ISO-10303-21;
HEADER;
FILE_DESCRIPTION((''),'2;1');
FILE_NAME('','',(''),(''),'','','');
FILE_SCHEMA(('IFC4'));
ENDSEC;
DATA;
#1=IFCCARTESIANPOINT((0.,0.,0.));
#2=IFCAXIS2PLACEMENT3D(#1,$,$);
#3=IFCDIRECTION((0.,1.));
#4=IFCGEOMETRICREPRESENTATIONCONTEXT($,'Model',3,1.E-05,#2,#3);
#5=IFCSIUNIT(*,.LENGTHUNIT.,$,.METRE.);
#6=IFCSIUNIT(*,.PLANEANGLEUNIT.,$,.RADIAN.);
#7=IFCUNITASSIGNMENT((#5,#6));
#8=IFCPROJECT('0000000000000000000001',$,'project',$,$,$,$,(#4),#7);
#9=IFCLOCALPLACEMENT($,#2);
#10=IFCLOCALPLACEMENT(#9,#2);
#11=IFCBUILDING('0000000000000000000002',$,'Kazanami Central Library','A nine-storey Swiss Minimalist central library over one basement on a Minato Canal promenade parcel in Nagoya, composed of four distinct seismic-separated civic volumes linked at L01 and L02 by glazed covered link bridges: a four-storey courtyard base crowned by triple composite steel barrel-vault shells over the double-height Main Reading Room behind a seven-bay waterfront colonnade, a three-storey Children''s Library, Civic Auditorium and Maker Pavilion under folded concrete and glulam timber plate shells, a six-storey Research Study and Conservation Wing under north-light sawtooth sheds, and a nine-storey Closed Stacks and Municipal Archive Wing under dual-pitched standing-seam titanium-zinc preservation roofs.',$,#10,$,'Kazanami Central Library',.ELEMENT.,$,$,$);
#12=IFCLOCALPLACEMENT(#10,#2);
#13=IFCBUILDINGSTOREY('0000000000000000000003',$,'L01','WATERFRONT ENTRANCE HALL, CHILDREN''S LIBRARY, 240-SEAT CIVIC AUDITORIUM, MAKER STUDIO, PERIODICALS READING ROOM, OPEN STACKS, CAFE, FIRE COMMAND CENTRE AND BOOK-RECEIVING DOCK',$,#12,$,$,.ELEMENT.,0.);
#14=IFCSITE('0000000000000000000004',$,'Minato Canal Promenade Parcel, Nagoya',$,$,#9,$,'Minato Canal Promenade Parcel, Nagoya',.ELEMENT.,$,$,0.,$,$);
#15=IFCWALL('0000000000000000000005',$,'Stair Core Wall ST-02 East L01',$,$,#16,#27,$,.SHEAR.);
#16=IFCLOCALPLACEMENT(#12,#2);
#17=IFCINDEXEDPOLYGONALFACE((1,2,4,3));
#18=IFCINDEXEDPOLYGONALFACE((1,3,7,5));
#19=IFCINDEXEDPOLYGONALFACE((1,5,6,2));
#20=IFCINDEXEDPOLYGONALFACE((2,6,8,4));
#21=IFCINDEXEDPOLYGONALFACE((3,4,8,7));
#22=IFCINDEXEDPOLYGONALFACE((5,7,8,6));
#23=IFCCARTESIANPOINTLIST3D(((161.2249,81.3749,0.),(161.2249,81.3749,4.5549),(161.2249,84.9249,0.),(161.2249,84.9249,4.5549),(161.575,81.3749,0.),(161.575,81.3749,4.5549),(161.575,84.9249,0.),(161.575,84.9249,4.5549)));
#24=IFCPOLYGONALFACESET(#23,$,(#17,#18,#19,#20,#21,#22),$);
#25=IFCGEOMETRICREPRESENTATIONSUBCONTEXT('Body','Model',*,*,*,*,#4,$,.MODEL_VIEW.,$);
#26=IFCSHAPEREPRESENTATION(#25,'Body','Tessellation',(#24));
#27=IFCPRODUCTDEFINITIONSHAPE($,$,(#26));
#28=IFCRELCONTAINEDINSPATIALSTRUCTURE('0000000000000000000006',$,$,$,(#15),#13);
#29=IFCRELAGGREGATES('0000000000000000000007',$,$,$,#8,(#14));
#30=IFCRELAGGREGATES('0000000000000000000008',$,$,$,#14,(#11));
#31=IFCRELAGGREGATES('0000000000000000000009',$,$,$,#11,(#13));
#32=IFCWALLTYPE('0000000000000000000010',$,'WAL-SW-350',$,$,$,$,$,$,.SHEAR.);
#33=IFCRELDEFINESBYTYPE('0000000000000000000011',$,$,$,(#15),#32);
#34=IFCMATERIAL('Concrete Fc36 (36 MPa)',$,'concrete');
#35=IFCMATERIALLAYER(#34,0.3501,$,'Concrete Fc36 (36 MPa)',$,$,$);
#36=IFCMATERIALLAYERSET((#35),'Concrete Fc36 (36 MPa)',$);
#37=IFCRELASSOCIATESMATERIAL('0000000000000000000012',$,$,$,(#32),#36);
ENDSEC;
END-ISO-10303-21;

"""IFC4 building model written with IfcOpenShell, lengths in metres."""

from ifc_helpers import new_model, si_unit, direction, frame, frame_2d, origin, place, context, subcontext, project, spatial, rectangle, extrude, material, layer, layer_set, type_object, element, save


model = new_model("IFC4")

# Units and contexts
model_context = context("Model", 3, precision=1e-05, world=origin(), true_north=direction((0.0, 1.0)))
body_context = subcontext(model_context, "Body", "Model", "MODEL_VIEW")
ifc_project = project(units=[si_unit("LENGTHUNIT", "METRE"), si_unit("PLANEANGLEUNIT", "RADIAN")], contexts=[model_context])

# Site, building, storey
site_placement = place(None, origin())
site = spatial("IfcSite", under=ifc_project, at=site_placement, Name="Minato Canal Promenade Parcel, Nagoya", LongName="Minato Canal Promenade Parcel, Nagoya", CompositionType="ELEMENT", RefElevation=0.0)
building_placement = place(site_placement, origin())
building = spatial("IfcBuilding", under=site, at=building_placement, Name="Kazanami Central Library", Description="A nine-storey Swiss Minimalist central library over one basement on a Minato Canal promenade parcel in Nagoya, composed of four distinct seismic-separated civic volumes linked at L01 and L02 by glazed covered link bridges: a four-storey courtyard base crowned by triple composite steel barrel-vault shells over the double-height Main Reading Room behind a seven-bay waterfront colonnade, a three-storey Children's Library, Civic Auditorium and Maker Pavilion under folded concrete and glulam timber plate shells, a six-storey Research Study and Conservation Wing under north-light sawtooth sheds, and a nine-storey Closed Stacks and Municipal Archive Wing under dual-pitched standing-seam titanium-zinc preservation roofs.", LongName="Kazanami Central Library", CompositionType="ELEMENT")
storey_placement = place(building_placement, origin())
storey = spatial("IfcBuildingStorey", under=building, at=storey_placement, Name="L01", Description="WATERFRONT ENTRANCE HALL, CHILDREN'S LIBRARY, 240-SEAT CIVIC AUDITORIUM, MAKER STUDIO, PERIODICALS READING ROOM, OPEN STACKS, CAFE, FIRE COMMAND CENTRE AND BOOK-RECEIVING DOCK", CompositionType="ELEMENT", Elevation=0.0)

# Shared definitions
ifc_material_1 = material(Name="Concrete Fc36 (36 MPa)", Category="concrete")

# Shared definitions
ifc_layer_1 = layer(ifc_material_1, 0.3501, Name="Concrete Fc36 (36 MPa)")
ifc_layer_set_1 = layer_set([ifc_layer_1], Name="Concrete Fc36 (36 MPa)")
wall_type_1 = type_object("IfcWallType", Name="WAL-SW-350", PredefinedType="SHEAR", material=ifc_layer_set_1)

# Wall
for number, where, z_axis, x_axis, name in (
    (1, (161.3999, 81.375, 0.0), (0.0, 0.0, 1.0), (0.0, 1.0, 0.0), "Stair Core Wall ST-02 East L01"),
):
    element("IfcWall", number, at=place(storey_placement, frame(where, z_axis=z_axis, x_axis=x_axis)), inside=storey, type_object=wall_type_1, Name=name, PredefinedType="SHEAR", context=body_context, shape_type="SweptSolid", body=[
        extrude(rectangle(XDim=3.55, YDim=0.3501, at=frame_2d((1.7749, 0.0))), origin(), (0.0, 0.0, 1.0), 4.5549),
    ])

save(model, "model.ifc")
